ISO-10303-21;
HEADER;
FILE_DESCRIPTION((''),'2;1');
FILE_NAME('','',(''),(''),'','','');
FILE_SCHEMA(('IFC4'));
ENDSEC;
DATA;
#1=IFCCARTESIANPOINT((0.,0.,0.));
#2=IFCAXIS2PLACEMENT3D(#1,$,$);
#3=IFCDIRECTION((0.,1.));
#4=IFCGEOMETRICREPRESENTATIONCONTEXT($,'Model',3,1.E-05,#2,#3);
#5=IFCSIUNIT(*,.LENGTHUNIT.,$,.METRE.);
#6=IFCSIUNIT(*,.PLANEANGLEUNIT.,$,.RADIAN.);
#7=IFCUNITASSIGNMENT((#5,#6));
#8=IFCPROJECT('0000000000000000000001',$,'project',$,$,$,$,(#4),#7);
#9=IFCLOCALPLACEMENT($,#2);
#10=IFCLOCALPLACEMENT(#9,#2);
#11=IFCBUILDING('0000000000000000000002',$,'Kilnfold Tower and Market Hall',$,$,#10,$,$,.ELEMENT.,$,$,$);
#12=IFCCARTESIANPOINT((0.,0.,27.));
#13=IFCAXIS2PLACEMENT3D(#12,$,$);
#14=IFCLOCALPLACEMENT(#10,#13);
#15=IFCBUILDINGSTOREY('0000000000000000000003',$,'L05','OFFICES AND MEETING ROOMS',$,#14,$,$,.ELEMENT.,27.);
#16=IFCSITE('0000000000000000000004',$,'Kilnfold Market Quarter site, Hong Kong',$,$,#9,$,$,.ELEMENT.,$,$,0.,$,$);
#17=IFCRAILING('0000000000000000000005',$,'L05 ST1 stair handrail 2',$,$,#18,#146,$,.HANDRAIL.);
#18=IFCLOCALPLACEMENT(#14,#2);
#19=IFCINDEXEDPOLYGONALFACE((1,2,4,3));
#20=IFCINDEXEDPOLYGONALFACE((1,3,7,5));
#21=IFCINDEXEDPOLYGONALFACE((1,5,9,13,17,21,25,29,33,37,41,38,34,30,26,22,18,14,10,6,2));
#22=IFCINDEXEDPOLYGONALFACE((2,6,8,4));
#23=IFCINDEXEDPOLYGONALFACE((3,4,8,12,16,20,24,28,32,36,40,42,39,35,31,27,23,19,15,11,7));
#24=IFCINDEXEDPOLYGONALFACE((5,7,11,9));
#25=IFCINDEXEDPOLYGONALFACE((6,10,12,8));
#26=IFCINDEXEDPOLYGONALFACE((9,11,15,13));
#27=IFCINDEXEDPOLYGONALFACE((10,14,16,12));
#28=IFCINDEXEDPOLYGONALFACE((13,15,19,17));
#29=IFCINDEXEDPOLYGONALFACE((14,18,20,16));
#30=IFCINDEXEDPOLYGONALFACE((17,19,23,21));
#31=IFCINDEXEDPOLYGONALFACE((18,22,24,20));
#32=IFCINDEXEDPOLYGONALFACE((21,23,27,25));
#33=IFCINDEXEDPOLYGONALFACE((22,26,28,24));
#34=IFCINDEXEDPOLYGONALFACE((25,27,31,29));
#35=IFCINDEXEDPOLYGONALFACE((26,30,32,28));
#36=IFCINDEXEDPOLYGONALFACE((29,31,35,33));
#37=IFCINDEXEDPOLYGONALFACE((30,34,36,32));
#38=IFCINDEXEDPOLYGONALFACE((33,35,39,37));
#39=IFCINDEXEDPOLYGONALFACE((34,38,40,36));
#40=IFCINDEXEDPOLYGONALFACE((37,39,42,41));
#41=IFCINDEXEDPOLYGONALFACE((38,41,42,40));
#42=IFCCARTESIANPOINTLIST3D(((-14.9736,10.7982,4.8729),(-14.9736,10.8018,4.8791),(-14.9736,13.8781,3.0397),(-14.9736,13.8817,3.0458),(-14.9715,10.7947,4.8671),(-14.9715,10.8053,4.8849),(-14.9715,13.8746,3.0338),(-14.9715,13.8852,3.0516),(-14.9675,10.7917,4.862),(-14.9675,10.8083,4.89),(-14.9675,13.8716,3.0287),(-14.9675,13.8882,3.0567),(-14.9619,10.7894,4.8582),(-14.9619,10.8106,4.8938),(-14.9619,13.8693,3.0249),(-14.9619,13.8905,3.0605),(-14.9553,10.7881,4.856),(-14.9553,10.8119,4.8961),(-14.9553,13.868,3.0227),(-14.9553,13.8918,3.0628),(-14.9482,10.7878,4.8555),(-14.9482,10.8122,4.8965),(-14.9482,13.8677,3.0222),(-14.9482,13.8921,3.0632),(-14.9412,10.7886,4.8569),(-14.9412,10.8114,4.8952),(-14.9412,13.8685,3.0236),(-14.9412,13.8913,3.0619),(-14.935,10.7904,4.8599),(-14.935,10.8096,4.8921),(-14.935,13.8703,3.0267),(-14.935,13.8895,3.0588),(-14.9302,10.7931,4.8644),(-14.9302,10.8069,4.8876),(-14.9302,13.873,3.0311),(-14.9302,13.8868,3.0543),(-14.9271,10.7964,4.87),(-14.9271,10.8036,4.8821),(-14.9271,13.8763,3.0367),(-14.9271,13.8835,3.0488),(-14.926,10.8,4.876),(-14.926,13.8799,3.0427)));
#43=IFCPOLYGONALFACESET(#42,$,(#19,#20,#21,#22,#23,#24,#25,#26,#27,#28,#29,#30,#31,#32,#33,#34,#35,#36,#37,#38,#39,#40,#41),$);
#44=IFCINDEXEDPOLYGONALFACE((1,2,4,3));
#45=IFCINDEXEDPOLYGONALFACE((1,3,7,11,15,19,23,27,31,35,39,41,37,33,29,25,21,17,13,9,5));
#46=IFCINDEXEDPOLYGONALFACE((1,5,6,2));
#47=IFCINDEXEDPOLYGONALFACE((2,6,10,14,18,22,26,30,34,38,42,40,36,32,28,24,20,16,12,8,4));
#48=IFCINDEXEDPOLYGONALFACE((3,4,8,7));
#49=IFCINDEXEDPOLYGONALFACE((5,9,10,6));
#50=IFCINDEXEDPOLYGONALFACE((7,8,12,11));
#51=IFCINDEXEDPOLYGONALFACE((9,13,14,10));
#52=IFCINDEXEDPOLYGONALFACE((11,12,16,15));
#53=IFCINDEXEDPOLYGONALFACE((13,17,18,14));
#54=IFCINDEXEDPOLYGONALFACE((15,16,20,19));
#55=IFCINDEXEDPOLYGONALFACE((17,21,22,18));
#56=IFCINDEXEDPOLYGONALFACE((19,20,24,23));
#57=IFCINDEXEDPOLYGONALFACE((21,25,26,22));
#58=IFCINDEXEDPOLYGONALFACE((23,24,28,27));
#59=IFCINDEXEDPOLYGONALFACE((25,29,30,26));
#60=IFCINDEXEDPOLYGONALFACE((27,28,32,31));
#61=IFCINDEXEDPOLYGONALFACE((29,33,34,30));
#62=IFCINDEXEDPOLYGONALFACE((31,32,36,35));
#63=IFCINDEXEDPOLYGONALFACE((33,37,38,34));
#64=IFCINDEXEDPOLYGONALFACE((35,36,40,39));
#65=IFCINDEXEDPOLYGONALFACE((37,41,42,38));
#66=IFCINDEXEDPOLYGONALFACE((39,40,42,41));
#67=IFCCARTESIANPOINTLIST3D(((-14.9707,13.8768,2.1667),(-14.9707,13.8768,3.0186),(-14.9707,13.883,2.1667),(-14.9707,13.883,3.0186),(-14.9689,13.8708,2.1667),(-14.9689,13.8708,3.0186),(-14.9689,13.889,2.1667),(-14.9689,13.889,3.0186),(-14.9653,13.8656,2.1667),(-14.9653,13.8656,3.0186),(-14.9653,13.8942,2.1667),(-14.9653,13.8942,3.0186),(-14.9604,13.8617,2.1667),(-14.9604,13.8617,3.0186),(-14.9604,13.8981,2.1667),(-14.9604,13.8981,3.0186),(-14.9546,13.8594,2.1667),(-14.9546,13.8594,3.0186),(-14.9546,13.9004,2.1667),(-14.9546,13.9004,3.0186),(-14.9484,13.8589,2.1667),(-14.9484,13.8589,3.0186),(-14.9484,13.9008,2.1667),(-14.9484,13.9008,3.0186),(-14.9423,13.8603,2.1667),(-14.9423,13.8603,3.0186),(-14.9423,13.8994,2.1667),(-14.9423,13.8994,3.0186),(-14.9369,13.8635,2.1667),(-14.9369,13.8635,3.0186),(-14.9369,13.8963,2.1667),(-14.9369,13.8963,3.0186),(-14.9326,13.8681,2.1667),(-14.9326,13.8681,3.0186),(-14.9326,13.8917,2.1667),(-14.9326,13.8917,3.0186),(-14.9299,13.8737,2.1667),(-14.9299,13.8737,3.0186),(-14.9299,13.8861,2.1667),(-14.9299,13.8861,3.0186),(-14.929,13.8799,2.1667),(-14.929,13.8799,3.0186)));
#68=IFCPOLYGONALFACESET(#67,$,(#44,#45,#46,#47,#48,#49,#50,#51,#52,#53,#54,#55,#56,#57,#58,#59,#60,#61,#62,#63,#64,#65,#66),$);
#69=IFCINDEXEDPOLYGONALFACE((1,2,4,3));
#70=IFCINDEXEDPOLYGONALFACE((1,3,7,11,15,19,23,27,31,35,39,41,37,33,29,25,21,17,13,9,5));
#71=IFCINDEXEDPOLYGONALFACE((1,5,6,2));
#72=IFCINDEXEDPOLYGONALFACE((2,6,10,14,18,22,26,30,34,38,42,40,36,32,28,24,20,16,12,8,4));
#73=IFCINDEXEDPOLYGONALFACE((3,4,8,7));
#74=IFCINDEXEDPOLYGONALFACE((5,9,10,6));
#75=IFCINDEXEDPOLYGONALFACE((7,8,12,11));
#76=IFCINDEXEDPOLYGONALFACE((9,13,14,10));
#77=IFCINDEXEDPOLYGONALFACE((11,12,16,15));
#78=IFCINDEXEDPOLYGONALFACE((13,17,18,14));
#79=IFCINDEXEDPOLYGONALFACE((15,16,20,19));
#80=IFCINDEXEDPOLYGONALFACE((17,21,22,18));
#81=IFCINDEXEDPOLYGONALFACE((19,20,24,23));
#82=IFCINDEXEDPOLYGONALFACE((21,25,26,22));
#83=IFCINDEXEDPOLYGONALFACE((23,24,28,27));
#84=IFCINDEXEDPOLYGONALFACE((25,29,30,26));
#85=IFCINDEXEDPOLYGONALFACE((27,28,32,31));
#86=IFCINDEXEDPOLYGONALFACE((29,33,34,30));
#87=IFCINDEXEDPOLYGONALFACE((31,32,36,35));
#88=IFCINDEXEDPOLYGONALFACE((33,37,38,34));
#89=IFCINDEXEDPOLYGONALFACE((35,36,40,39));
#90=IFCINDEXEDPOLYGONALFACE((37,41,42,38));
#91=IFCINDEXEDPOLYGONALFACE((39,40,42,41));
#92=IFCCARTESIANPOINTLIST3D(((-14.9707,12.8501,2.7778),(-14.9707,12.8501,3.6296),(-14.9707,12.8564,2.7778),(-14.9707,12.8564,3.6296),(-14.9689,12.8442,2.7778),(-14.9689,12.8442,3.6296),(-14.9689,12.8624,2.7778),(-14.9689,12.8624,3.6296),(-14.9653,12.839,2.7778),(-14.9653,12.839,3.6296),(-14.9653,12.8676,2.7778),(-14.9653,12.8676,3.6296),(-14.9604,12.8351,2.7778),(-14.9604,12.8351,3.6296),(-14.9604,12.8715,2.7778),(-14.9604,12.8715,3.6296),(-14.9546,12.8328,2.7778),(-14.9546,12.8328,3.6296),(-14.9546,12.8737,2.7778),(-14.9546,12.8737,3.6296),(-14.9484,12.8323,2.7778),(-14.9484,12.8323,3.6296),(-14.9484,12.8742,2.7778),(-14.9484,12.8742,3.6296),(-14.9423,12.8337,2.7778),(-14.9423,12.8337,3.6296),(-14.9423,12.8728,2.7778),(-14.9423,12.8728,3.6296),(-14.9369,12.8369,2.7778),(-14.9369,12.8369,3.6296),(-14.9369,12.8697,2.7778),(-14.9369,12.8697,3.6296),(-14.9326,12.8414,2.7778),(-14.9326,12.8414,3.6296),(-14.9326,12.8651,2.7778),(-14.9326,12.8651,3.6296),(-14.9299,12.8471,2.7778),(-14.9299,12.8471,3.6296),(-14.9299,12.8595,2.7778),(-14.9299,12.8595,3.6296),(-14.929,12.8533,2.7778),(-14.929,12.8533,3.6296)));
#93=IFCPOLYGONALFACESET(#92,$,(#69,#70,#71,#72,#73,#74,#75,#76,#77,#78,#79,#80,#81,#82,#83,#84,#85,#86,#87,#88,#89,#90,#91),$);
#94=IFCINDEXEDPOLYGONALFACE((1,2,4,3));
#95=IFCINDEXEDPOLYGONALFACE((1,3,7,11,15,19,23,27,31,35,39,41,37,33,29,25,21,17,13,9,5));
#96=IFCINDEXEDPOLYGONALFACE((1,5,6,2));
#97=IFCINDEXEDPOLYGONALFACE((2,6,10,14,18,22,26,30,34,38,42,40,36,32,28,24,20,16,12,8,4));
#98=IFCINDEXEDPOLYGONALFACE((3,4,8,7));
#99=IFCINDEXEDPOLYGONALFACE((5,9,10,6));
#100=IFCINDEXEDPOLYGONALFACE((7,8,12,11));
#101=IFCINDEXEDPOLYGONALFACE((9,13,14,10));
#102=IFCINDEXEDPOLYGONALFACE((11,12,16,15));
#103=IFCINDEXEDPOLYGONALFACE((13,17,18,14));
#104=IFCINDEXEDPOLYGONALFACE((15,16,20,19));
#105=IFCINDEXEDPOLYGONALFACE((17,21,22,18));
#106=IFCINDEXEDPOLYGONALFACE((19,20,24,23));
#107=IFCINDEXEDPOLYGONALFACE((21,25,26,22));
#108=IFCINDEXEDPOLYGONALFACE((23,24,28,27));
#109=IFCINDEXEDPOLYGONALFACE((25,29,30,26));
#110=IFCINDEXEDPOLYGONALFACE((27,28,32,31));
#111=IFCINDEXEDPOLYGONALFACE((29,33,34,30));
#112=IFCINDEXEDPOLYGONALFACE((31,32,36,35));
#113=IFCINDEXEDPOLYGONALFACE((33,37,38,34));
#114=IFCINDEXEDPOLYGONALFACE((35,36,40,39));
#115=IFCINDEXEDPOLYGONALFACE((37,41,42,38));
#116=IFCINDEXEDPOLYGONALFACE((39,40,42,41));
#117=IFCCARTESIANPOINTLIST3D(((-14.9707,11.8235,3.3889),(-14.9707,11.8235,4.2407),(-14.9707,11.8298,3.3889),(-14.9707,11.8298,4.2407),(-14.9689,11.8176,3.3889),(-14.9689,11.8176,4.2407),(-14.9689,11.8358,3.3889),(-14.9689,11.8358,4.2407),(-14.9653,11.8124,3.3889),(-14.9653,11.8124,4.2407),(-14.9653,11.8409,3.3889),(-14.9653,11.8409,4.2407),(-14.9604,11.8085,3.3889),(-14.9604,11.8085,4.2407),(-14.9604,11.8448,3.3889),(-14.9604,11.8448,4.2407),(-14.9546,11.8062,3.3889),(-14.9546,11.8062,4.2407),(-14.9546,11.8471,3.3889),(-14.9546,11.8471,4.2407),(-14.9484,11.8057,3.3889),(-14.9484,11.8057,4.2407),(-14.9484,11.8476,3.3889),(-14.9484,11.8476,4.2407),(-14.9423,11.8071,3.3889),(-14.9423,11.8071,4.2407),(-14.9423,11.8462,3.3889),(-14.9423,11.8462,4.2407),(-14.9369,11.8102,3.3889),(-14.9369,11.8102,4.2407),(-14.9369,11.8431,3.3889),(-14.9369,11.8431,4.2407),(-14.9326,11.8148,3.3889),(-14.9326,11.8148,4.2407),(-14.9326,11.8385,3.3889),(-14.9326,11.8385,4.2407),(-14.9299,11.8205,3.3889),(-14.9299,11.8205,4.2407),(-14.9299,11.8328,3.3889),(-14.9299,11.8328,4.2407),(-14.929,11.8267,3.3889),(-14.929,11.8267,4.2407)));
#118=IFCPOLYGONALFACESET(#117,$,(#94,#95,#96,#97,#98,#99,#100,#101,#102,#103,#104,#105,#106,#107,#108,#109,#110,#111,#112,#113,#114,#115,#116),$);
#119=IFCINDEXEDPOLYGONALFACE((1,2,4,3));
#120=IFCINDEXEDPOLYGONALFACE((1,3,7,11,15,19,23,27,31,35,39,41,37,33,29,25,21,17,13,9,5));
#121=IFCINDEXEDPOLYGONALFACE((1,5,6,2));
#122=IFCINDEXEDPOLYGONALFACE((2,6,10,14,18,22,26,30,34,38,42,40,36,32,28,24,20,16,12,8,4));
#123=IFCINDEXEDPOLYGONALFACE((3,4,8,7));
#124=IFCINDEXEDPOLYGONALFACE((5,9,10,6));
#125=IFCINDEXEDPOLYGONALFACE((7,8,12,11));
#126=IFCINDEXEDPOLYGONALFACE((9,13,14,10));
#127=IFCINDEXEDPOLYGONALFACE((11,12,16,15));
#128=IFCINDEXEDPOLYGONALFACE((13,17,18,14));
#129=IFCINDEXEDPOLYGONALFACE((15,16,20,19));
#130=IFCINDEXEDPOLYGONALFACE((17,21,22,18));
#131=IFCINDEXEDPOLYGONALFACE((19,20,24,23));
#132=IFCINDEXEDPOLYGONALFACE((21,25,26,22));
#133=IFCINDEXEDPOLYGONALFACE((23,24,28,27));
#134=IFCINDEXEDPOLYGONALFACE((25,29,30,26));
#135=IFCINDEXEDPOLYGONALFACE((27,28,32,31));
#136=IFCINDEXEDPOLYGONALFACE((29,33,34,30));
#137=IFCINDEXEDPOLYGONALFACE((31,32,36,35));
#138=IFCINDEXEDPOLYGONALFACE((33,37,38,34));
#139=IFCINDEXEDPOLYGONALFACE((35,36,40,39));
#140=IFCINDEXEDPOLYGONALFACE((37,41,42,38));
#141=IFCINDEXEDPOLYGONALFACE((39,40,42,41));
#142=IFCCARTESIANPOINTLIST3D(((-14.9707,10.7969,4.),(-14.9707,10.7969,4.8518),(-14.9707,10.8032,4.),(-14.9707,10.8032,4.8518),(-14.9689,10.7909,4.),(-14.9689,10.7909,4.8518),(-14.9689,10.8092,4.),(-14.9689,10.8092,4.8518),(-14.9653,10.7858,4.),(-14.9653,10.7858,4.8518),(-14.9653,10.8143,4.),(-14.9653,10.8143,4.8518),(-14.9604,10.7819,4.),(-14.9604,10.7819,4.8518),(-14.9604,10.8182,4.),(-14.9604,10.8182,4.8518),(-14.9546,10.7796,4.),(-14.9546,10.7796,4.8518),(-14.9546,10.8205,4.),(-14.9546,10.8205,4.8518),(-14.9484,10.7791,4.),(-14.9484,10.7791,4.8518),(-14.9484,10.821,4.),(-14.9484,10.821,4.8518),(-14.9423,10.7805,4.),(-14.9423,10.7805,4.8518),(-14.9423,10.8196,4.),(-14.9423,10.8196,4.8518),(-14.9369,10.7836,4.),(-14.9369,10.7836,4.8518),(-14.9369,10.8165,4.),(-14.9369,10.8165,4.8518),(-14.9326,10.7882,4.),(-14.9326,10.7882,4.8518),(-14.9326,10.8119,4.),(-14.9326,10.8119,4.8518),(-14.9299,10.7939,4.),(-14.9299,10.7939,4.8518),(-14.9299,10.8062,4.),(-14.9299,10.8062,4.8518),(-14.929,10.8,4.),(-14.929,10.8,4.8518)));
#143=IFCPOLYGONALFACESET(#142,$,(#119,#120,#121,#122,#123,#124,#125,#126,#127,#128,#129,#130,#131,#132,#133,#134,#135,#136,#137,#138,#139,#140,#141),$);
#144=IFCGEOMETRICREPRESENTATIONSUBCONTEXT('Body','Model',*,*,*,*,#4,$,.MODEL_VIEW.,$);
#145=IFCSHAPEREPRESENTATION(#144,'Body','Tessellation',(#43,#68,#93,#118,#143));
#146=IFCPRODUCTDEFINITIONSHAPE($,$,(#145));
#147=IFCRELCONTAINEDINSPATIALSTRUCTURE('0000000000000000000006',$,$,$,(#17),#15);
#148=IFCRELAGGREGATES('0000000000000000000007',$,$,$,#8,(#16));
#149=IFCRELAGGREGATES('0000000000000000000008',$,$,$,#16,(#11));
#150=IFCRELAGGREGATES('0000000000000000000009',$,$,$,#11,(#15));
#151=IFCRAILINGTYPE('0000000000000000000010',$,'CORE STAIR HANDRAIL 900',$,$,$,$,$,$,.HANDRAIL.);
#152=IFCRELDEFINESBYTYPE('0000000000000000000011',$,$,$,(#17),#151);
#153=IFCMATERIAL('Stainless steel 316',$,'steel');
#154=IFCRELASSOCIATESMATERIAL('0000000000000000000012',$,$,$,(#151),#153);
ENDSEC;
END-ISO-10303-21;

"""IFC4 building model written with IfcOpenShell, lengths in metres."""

from ifc_helpers import new_model, si_unit, direction, frame, origin, origin_2d, place, context, subcontext, project, spatial, circle, extrude, material, type_object, element, save


model = new_model("IFC4")

# Units and contexts
model_context = context("Model", 3, precision=1e-05, world=origin(), true_north=direction((0.0, 1.0)))
body_context = subcontext(model_context, "Body", "Model", "MODEL_VIEW")
ifc_project = project(units=[si_unit("LENGTHUNIT", "METRE"), si_unit("PLANEANGLEUNIT", "RADIAN")], contexts=[model_context])

# Site, building, storey
site_placement = place(None, origin())
site = spatial("IfcSite", under=ifc_project, at=site_placement, Name="Kilnfold Market Quarter site, Hong Kong", CompositionType="ELEMENT", RefElevation=0.0)
building_placement = place(site_placement, origin())
building = spatial("IfcBuilding", under=site, at=building_placement, Name="Kilnfold Tower and Market Hall", CompositionType="ELEMENT")
storey_placement = place(building_placement, frame((0.0, 0.0, 27.0)))
storey = spatial("IfcBuildingStorey", under=building, at=storey_placement, Name="L05", Description="OFFICES AND MEETING ROOMS", CompositionType="ELEMENT", Elevation=27.0)

# Railing
ifc_material_1 = material(Name="Stainless steel 316", Category="steel")
railing_type = type_object("IfcRailingType", Name="CORE STAIR HANDRAIL 900", PredefinedType="HANDRAIL", material=ifc_material_1)
railing_1_placement = place(storey_placement, frame((-14.95, 13.8799, 2.1667)))
element("IfcRailing", 1, at=railing_1_placement, inside=storey, type_object=railing_type, Name="L05 ST1 stair handrail 2", PredefinedType="HANDRAIL", context=body_context, shape_type="SweptSolid", body=[
    extrude(circle(Radius=0.0239, at=origin_2d()), frame((0.0, 0.0, 0.876), z_axis=(0.0, -0.859291, 0.511487), x_axis=(1.0, 0.0, 0.0)), (0.0, 0.0, 1.0), 3.5842),
    extrude(circle(Radius=0.021, at=origin_2d()), origin(), (0.0, 0.0, 1.0), 0.8518),
    extrude(circle(Radius=0.021, at=origin_2d()), frame((0.0, -1.0266, 0.6111)), (0.0, 0.0, 1.0), 0.8518),
    extrude(circle(Radius=0.021, at=origin_2d()), frame((0.0, -2.0532, 1.2222)), (0.0, 0.0, 1.0), 0.8518),
    extrude(circle(Radius=0.021, at=origin_2d()), frame((0.0, -3.0798, 1.8333)), (0.0, 0.0, 1.0), 0.8518),
])

save(model, "model.ifc")
